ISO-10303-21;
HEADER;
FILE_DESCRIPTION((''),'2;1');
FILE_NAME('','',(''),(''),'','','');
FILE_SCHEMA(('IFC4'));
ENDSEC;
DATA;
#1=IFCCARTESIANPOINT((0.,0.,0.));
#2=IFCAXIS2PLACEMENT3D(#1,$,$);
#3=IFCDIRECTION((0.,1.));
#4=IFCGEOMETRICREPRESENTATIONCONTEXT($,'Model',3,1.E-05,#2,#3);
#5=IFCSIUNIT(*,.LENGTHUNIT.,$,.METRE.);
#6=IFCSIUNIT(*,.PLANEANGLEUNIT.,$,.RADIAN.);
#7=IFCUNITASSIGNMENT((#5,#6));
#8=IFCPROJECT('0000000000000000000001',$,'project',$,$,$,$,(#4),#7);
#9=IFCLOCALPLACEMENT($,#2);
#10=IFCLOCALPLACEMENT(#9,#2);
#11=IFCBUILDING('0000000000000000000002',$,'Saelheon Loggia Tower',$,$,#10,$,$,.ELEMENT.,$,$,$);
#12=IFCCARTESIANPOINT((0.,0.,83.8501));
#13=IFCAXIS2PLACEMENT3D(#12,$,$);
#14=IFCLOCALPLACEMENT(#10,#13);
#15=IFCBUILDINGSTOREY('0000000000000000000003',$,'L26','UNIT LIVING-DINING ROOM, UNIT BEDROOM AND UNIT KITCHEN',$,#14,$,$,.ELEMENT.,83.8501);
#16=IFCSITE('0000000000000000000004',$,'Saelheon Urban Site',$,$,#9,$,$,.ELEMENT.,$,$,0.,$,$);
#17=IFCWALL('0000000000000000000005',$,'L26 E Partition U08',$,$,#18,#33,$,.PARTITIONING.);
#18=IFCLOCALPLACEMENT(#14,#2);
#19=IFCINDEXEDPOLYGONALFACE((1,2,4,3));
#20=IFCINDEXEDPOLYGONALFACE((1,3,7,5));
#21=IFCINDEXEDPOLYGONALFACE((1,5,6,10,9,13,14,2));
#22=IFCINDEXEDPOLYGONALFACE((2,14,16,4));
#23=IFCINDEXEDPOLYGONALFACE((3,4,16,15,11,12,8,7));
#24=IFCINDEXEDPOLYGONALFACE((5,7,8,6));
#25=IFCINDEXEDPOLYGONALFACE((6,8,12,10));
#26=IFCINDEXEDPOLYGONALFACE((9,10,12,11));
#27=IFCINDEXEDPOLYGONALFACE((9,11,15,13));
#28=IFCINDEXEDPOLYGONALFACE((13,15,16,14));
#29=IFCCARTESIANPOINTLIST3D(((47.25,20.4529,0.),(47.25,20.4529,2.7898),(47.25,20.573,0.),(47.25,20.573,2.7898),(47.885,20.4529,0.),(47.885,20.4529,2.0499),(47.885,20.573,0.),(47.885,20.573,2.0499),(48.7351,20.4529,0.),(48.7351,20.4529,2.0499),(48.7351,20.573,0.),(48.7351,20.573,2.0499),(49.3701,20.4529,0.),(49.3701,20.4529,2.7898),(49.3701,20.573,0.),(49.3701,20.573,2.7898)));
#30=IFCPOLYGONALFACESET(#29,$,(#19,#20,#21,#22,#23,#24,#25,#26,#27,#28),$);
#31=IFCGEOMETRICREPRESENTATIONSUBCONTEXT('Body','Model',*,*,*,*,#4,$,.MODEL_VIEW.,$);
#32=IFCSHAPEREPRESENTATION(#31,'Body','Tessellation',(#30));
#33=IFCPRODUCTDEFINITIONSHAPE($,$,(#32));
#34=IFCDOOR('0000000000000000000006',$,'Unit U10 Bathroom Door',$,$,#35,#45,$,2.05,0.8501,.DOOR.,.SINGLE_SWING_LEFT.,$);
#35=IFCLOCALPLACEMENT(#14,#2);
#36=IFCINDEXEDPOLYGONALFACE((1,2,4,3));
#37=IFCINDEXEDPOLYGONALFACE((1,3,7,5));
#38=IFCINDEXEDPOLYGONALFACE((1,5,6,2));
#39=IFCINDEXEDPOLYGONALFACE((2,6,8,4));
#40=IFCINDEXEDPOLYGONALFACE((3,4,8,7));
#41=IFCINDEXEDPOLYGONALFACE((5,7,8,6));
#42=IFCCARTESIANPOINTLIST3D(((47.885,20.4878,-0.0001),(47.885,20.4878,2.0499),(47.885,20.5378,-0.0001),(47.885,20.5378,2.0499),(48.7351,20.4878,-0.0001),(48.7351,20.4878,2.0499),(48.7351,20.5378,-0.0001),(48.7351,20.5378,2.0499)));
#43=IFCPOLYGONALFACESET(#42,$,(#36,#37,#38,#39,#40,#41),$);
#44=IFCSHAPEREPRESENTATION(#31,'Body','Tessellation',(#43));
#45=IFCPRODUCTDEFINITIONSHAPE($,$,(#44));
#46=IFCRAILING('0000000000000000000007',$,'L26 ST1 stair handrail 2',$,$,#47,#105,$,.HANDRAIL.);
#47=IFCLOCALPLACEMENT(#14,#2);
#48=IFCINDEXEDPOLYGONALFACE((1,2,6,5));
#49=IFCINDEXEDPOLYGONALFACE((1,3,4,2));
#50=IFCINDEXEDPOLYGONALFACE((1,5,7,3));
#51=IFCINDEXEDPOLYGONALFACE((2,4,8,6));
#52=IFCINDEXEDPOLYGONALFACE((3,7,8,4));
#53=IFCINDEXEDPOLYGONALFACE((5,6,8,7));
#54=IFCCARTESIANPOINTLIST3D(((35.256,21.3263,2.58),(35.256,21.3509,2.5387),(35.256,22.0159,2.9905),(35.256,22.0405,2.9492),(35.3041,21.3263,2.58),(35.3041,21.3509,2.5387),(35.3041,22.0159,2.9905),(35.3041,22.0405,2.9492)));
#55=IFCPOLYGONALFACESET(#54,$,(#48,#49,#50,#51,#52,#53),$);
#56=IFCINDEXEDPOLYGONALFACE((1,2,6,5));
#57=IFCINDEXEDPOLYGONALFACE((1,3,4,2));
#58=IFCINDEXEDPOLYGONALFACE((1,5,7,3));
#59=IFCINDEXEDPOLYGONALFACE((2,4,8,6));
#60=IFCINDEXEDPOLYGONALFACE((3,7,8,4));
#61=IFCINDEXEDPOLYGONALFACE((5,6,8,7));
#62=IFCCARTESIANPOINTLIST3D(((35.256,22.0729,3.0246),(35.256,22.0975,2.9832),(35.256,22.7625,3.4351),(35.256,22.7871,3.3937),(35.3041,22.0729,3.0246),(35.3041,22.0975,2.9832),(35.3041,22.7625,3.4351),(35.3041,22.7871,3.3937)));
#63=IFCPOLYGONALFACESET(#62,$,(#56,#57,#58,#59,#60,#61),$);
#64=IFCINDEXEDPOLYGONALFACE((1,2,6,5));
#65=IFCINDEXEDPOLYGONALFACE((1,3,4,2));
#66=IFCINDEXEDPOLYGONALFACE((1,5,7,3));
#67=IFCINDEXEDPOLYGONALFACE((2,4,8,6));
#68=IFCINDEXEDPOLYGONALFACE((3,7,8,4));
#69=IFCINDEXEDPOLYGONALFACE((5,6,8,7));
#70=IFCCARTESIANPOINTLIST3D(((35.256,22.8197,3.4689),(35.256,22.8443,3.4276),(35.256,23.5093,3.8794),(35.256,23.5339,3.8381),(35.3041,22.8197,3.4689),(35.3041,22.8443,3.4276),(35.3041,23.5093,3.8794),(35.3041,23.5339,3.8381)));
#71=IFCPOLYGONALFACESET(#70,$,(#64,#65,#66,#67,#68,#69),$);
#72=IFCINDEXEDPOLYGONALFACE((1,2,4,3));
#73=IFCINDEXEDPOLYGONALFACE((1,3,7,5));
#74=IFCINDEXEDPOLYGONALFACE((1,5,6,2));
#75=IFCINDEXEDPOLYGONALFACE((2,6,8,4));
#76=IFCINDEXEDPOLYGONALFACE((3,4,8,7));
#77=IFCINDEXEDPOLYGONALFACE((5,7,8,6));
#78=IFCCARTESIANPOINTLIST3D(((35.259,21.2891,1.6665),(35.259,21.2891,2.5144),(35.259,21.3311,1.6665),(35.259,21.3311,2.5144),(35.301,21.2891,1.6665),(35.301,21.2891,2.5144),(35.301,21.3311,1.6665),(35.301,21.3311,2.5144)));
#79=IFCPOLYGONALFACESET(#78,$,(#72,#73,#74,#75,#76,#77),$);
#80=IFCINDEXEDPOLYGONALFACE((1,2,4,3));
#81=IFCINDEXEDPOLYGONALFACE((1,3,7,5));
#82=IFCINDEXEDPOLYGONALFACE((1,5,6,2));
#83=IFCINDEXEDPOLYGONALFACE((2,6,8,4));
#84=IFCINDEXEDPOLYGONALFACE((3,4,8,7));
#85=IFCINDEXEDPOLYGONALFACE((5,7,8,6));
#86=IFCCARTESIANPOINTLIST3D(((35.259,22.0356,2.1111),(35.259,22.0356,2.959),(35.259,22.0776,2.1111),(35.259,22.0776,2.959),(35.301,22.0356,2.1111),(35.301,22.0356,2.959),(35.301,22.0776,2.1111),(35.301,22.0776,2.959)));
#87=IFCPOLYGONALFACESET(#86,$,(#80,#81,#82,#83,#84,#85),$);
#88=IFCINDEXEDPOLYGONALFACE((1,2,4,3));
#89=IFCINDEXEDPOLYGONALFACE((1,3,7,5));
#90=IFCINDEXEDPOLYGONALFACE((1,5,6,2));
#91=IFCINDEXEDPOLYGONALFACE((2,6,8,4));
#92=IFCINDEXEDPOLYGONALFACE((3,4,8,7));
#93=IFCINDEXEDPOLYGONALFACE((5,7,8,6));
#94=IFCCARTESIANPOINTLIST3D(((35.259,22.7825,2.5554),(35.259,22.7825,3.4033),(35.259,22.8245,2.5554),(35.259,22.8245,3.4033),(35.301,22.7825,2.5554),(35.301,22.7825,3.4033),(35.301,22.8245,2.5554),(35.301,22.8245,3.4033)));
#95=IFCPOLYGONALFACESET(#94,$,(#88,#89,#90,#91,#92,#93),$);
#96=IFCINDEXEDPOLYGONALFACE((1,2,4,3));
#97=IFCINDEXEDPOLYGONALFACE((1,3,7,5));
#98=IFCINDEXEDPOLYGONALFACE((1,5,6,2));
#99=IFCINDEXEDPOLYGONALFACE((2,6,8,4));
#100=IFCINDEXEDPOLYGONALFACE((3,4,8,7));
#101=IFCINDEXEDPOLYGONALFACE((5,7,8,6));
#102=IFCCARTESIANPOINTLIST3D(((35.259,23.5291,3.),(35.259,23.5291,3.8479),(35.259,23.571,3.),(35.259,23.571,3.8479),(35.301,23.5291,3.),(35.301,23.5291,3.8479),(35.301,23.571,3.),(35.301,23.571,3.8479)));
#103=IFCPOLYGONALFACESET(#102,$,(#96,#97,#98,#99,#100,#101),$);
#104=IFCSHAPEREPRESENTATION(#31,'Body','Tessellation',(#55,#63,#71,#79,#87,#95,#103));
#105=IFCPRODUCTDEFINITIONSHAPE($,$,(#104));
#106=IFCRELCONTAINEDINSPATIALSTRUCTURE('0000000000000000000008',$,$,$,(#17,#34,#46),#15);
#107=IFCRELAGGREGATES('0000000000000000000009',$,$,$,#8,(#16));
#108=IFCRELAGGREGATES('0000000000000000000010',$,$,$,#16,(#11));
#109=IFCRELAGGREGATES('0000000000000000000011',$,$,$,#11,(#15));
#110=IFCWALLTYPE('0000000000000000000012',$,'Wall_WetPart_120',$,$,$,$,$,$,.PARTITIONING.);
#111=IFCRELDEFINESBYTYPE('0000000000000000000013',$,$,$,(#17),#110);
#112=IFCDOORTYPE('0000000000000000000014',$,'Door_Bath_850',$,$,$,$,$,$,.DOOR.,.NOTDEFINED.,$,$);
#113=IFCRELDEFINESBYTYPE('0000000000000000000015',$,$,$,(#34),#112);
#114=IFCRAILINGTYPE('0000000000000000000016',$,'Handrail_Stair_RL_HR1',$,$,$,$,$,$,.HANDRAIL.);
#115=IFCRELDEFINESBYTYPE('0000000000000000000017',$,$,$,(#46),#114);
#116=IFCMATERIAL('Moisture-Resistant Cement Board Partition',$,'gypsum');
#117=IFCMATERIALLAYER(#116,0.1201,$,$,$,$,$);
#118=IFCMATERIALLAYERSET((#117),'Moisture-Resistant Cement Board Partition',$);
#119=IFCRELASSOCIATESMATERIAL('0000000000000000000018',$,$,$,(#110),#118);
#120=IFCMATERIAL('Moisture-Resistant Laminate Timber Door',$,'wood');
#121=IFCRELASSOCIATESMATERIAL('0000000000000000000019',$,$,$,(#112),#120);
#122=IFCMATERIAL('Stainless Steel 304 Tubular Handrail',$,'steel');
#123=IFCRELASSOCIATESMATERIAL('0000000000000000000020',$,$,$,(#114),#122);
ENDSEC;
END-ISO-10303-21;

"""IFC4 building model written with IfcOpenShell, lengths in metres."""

from ifc_helpers import new_model, si_unit, direction, frame, frame_2d, origin, origin_2d, place, context, subcontext, project, spatial, rectangle, extrude, source, transform, mapped, material, layer, layer_set, type_object, element, fill, save


model = new_model("IFC4")

# Units and contexts
model_context = context("Model", 3, precision=1e-05, world=origin(), true_north=direction((0.0, 1.0)))
body_context = subcontext(model_context, "Body", "Model", "MODEL_VIEW")
ifc_project = project(units=[si_unit("LENGTHUNIT", "METRE"), si_unit("PLANEANGLEUNIT", "RADIAN")], contexts=[model_context])

# Site, building, storey
site_placement = place(None, origin())
site = spatial("IfcSite", under=ifc_project, at=site_placement, Name="Saelheon Urban Site", CompositionType="ELEMENT", RefElevation=0.0)
building_placement = place(site_placement, origin())
building = spatial("IfcBuilding", under=site, at=building_placement, Name="Saelheon Loggia Tower", CompositionType="ELEMENT")
storey_placement = place(building_placement, frame((0.0, 0.0, 83.8501)))
storey = spatial("IfcBuildingStorey", under=building, at=storey_placement, Name="L26", Description="UNIT LIVING-DINING ROOM, UNIT BEDROOM AND UNIT KITCHEN", CompositionType="ELEMENT", Elevation=83.8501)

# Wall, opening, door
ifc_material_1 = material(Name="Moisture-Resistant Cement Board Partition", Category="gypsum")
ifc_layer_1 = layer(ifc_material_1, 0.1201)
ifc_layer_set_1 = layer_set([ifc_layer_1], Name="Moisture-Resistant Cement Board Partition")
wall_type_1 = type_object("IfcWallType", Name="Wall_WetPart_120", PredefinedType="PARTITIONING", material=ifc_layer_set_1)
wall_1_placement = place(storey_placement, frame((47.25, 20.5129, 0.0), z_axis=(0.0, 0.0, 1.0), x_axis=(1.0, 0.0, 0.0)))
wall_1 = element("IfcWall", 1, at=wall_1_placement, inside=storey, type_object=wall_type_1, Name="L26 E Partition U08", PredefinedType="PARTITIONING", context=body_context, shape_type="SweptSolid", body=[
    extrude(rectangle(XDim=2.1201, YDim=0.1201, at=frame_2d((1.0601, 0.0))), origin(), (0.0, 0.0, 1.0), 2.7898),
])
opening_1_placement = place(wall_1_placement, frame((0.635, 0.0, 0.0)))
opening_1 = element("IfcOpeningElement", 2, at=opening_1_placement, cuts=wall_1, PredefinedType="OPENING", context=body_context, shape_type="SweptSolid", body=[
    extrude(rectangle(XDim=0.8501, YDim=2.05, at=frame_2d((0.425, 1.0249))), frame((0.0, 0.072, 0.0), z_axis=(0.0, -1.0, 0.0), x_axis=(1.0, 0.0, 0.0)), (0.0, 0.0, 1.0), 0.144),
])
ifc_material_2 = material(Name="Moisture-Resistant Laminate Timber Door", Category="wood")
door_type_1 = type_object("IfcDoorType", Name="Door_Bath_850", OperationType="NOTDEFINED", PredefinedType="DOOR", material=ifc_material_2)
shared_shape_1 = source(origin(), body_context, "Body", "SweptSolid", [
    extrude(rectangle(XDim=0.8501, YDim=2.05, at=frame_2d((0.425, 1.0249))), frame((0.0, 0.0249, 0.0), z_axis=(0.0, -1.0, 0.0), x_axis=(1.0, 0.0, 0.0)), (0.0, 0.0, 1.0), 0.05),
])
door_1_placement = place(opening_1_placement, origin())
door_1 = element("IfcDoor", 3, at=door_1_placement, inside=storey, type_object=door_type_1, Name="Unit U10 Bathroom Door", OperationType="SINGLE_SWING_LEFT", OverallHeight=2.05, OverallWidth=0.8501, PredefinedType="DOOR", context=body_context, shape_type="MappedRepresentation", body=[
    mapped(shared_shape_1, transform((0.0, 0.0, 0.0), scale=1.0)),
])
fill(opening_1, door_1)

# Railing
ifc_material_3 = material(Name="Stainless Steel 304 Tubular Handrail", Category="steel")
railing_type = type_object("IfcRailingType", Name="Handrail_Stair_RL_HR1", PredefinedType="HANDRAIL", material=ifc_material_3)
railing_placement = place(storey_placement, frame((35.28, 21.3101, 1.6665)))
element("IfcRailing", 4, at=railing_placement, inside=storey, type_object=railing_type, Name="L26 ST1 stair handrail 2", PredefinedType="HANDRAIL", context=body_context, shape_type="SweptSolid", body=[
    extrude(rectangle(XDim=0.0481, YDim=0.0481, at=origin_2d()), frame((0.0, 0.0286, 0.8928), z_axis=(0.0, 0.859264, 0.511532), x_axis=(-1.0, 0.0, 0.0)), (0.0, 0.0, 1.0), 0.8025),
    extrude(rectangle(XDim=0.0481, YDim=0.0481, at=origin_2d()), frame((0.0, 0.7751, 1.3374), z_axis=(0.0, 0.859264, 0.511532), x_axis=(-1.0, 0.0, 0.0)), (0.0, 0.0, 1.0), 0.8025),
    extrude(rectangle(XDim=0.0481, YDim=0.0481, at=origin_2d()), frame((0.0, 1.522, 1.7817), z_axis=(0.0, 0.859264, 0.511532), x_axis=(-1.0, 0.0, 0.0)), (0.0, 0.0, 1.0), 0.8025),
    extrude(rectangle(XDim=0.042, YDim=0.042, at=origin_2d()), origin(), (0.0, 0.0, 1.0), 0.8479),
    extrude(rectangle(XDim=0.042, YDim=0.042, at=origin_2d()), frame((0.0, 0.7466, 0.4446)), (0.0, 0.0, 1.0), 0.8479),
    extrude(rectangle(XDim=0.042, YDim=0.042, at=origin_2d()), frame((0.0, 1.4934, 0.8889)), (0.0, 0.0, 1.0), 0.8479),
    extrude(rectangle(XDim=0.042, YDim=0.042, at=origin_2d()), frame((0.0, 2.24, 1.3335)), (0.0, 0.0, 1.0), 0.8479),
])

save(model, "model.ifc")
